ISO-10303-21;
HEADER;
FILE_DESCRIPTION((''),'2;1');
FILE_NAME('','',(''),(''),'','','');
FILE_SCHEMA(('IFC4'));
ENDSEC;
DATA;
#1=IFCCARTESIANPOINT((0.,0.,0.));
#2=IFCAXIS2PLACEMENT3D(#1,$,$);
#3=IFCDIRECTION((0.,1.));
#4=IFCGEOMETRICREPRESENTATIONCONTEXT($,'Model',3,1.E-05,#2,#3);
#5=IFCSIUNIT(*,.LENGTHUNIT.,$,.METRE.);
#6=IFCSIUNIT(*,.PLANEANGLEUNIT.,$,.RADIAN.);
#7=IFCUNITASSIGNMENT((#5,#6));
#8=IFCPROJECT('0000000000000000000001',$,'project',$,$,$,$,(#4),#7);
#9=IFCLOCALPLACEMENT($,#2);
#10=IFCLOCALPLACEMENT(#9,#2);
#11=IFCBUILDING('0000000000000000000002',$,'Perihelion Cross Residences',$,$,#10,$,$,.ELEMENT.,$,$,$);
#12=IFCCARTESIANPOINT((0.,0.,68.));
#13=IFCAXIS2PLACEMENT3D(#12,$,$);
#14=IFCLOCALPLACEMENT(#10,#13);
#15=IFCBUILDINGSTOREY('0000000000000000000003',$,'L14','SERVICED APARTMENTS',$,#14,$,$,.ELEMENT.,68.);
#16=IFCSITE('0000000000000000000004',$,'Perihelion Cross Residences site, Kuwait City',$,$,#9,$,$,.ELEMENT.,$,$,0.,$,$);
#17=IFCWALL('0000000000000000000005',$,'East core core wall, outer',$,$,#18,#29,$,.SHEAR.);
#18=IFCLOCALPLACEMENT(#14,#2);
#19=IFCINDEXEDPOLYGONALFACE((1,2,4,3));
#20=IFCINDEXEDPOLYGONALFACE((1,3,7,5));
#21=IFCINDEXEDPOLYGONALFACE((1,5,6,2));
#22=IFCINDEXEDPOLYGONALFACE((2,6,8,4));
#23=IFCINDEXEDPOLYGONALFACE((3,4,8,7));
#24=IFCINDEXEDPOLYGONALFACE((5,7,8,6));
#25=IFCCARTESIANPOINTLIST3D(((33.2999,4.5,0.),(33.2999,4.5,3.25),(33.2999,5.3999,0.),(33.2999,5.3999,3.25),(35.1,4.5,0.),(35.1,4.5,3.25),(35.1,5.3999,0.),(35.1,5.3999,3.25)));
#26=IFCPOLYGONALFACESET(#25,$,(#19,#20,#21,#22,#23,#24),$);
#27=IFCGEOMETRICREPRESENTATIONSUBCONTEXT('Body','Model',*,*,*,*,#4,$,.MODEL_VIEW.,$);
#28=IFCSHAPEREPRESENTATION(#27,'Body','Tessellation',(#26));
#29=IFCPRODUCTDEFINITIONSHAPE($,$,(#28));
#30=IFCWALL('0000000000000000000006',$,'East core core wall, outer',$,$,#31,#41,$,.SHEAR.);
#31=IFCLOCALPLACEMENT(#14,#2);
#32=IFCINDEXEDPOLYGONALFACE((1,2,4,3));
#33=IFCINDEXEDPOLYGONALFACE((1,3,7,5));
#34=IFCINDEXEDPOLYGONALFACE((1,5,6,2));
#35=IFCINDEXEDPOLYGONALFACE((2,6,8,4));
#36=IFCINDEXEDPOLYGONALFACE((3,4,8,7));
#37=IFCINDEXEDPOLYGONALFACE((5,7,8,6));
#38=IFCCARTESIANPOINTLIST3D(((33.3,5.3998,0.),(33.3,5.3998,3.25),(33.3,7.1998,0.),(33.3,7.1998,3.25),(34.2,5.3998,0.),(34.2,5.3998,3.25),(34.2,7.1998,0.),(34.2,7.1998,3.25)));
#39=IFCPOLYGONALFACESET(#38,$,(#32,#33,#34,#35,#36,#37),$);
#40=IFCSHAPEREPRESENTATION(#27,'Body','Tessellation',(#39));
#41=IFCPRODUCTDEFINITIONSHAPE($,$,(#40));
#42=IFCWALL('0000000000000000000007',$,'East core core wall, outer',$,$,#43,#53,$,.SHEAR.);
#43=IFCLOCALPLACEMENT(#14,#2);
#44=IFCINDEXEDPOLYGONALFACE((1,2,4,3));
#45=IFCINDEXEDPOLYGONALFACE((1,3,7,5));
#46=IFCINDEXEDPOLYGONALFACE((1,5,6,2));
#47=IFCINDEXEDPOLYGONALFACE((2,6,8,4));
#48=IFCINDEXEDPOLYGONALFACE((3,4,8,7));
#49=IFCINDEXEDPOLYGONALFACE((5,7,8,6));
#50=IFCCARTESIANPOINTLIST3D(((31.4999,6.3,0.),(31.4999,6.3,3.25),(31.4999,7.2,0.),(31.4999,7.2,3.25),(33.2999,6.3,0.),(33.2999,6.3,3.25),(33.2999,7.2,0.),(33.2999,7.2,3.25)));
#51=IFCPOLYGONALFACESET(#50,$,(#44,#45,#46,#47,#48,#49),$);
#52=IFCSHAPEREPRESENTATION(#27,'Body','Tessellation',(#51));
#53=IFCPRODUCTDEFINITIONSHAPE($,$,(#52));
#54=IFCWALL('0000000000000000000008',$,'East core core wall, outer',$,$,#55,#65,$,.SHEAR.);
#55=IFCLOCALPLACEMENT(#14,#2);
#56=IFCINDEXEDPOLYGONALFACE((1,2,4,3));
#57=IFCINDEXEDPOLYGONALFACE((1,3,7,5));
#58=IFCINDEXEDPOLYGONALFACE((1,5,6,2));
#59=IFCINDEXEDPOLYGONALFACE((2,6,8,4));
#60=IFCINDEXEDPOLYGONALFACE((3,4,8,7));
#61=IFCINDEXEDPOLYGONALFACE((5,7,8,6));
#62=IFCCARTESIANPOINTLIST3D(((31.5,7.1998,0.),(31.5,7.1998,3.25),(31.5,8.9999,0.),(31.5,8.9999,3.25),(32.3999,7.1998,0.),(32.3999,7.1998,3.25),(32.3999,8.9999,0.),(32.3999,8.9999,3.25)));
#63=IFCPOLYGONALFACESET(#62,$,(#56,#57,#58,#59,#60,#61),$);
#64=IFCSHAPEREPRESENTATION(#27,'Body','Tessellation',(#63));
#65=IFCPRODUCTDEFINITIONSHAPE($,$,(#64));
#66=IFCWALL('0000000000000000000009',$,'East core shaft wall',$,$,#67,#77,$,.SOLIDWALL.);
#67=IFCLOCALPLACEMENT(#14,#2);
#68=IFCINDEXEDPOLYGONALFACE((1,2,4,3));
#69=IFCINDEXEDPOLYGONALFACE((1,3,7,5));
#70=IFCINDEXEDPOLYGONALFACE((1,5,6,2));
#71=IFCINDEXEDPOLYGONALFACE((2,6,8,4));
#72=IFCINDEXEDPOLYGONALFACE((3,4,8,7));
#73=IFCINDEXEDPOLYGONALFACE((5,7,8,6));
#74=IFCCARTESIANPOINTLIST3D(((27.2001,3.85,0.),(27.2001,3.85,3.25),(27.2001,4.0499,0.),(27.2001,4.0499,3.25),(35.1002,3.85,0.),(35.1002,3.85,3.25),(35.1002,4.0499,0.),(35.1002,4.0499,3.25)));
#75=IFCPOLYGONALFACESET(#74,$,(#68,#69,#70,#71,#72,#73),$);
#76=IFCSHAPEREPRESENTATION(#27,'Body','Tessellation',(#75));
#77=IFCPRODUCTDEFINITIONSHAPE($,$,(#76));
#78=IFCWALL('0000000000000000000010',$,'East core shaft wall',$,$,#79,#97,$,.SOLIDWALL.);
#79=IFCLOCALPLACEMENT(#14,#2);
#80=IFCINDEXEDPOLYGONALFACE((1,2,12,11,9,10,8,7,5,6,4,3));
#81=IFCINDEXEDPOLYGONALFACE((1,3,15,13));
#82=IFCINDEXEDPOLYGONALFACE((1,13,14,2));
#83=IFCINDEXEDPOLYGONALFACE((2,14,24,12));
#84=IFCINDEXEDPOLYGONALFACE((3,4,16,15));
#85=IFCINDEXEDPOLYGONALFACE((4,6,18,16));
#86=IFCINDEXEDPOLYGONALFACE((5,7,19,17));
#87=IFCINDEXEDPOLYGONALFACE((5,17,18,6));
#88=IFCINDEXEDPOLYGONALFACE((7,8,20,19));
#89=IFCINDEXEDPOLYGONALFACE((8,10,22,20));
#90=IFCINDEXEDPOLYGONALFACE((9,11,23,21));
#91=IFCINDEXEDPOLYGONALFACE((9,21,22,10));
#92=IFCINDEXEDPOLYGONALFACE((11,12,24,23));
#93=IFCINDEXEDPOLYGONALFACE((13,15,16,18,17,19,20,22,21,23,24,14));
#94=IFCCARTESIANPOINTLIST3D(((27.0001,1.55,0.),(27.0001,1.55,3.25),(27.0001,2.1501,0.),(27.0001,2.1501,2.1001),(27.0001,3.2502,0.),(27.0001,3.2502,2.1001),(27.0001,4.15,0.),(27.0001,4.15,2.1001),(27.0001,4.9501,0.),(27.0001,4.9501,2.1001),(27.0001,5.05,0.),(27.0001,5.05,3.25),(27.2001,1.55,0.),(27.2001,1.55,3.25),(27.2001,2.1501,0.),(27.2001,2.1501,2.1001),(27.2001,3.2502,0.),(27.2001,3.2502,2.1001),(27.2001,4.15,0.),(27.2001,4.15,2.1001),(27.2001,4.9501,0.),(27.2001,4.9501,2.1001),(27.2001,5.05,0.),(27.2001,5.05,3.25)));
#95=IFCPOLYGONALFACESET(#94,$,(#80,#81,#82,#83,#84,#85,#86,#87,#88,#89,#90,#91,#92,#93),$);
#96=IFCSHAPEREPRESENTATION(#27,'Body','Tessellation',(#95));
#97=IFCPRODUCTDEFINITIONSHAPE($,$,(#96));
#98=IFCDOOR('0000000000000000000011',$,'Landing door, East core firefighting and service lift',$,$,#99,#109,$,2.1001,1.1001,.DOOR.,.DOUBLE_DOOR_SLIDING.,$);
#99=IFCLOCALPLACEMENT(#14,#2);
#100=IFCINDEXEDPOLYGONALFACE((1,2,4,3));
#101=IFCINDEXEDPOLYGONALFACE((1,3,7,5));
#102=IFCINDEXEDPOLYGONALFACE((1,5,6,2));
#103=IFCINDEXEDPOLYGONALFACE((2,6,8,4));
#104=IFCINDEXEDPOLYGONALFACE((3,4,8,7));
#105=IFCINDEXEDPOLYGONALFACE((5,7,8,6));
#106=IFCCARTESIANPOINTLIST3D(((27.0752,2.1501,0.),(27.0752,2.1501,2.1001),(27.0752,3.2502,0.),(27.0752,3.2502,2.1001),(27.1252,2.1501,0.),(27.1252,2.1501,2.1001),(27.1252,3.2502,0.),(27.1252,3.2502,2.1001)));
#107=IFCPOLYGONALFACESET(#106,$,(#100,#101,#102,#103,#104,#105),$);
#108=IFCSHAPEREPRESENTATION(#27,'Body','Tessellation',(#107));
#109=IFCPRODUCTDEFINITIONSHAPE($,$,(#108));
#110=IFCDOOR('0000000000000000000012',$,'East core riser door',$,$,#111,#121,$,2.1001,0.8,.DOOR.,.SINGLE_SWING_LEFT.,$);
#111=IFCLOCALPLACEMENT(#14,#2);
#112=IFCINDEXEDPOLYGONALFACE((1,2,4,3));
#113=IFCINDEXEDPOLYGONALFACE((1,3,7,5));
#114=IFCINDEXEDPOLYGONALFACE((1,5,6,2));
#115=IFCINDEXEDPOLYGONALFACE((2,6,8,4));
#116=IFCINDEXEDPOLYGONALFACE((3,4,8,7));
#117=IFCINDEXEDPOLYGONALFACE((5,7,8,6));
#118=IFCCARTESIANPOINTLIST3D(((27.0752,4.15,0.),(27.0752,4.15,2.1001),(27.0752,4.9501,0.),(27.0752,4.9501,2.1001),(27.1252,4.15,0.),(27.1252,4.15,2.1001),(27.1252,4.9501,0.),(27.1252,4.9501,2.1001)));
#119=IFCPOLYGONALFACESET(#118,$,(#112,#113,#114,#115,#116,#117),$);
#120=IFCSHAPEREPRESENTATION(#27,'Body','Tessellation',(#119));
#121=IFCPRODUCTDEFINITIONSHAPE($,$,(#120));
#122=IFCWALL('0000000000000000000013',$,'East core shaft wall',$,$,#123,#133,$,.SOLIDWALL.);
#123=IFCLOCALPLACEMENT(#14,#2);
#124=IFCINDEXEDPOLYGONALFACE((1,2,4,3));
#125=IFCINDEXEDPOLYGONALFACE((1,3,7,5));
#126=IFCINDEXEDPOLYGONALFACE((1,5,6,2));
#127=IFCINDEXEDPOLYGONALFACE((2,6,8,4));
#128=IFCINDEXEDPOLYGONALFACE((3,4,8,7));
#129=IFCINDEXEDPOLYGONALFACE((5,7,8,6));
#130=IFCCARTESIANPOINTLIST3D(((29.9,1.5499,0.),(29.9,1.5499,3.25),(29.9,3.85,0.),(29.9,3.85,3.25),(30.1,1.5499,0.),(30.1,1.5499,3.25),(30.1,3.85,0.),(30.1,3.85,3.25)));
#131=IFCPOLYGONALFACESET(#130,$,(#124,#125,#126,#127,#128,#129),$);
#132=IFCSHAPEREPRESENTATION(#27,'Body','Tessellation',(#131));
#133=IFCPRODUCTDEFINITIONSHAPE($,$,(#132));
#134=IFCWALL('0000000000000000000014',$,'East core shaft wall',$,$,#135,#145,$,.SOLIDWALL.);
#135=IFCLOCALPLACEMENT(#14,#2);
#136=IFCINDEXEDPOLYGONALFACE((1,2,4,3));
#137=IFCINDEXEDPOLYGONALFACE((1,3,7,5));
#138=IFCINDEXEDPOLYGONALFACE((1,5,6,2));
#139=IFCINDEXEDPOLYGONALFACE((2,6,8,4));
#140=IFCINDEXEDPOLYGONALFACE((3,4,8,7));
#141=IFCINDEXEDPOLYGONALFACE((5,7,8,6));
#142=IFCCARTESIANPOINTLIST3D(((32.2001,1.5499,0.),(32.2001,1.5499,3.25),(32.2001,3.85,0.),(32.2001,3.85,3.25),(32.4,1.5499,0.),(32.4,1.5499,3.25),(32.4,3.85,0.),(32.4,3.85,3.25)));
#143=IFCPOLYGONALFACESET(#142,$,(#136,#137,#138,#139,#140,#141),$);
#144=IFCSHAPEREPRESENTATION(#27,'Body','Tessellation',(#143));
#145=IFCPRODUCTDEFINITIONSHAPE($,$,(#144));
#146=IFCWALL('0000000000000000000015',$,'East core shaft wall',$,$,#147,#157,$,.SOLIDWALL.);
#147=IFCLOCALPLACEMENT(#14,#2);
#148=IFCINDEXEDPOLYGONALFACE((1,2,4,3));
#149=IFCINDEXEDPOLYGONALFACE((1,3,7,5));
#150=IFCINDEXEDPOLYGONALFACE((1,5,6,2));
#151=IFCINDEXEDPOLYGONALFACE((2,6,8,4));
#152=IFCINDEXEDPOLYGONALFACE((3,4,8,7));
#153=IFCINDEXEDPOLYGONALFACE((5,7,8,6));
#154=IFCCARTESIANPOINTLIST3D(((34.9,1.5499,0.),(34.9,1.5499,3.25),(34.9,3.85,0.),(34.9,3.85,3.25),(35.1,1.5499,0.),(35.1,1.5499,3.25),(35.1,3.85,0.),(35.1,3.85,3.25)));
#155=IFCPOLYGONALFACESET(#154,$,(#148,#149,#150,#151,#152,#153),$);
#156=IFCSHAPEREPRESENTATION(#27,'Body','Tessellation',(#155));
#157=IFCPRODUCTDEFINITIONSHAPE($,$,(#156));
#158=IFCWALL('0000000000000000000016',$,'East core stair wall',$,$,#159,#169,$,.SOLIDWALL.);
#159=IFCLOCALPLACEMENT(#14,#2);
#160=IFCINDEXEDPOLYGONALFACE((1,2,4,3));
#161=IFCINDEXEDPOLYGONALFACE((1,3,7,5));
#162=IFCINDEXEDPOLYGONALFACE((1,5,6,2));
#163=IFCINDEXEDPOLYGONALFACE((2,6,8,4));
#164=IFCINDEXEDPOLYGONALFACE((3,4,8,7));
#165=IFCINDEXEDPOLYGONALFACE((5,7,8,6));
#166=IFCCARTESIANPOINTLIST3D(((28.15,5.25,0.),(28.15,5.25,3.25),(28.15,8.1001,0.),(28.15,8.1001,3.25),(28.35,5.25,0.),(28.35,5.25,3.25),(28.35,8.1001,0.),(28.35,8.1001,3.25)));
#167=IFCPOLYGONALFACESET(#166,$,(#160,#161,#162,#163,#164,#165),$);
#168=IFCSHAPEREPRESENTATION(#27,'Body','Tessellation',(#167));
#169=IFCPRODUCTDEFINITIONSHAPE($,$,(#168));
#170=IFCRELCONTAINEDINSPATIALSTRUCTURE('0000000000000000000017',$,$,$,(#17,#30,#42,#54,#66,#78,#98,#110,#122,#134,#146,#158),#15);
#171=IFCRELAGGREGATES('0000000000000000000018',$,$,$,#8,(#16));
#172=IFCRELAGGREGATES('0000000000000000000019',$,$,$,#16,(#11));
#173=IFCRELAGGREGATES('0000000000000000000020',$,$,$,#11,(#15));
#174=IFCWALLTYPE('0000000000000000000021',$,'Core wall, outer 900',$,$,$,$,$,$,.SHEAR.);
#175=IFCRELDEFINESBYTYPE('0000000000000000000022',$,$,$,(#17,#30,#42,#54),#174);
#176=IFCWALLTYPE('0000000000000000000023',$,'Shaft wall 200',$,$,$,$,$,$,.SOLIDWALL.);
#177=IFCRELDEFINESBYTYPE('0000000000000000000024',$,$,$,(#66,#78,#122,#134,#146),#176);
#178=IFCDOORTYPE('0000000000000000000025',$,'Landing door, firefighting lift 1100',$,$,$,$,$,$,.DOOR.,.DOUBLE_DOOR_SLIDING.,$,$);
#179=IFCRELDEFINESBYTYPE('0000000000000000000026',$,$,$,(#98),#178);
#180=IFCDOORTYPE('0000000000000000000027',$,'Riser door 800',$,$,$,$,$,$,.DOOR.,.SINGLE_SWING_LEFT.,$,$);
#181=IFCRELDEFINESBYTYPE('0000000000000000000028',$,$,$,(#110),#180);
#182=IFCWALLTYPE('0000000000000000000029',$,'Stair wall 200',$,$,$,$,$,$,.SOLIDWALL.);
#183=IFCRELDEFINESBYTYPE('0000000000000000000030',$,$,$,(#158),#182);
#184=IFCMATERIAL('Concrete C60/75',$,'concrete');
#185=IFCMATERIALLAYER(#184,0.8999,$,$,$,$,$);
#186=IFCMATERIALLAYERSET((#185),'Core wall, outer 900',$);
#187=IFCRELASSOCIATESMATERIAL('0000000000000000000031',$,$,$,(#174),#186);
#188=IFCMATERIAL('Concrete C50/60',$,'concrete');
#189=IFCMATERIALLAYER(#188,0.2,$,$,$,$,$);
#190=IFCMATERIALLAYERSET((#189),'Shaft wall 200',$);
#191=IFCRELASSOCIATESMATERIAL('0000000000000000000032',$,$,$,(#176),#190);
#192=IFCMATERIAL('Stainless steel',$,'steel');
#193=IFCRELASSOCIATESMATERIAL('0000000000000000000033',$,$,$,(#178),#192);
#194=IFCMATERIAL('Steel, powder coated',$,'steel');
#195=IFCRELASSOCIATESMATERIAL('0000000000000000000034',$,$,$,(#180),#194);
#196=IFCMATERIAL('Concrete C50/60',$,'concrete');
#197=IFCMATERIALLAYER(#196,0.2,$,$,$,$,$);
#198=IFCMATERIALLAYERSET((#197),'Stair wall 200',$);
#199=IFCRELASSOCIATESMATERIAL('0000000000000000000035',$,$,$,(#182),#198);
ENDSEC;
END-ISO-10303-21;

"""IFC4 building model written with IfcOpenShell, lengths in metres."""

from ifc_helpers import new_model, si_unit, direction, frame, frame_2d, origin, place, context, subcontext, project, spatial, rectangle, extrude, material, layer, layer_set, type_object, element, fill, save


model = new_model("IFC4")

# Units and contexts
model_context = context("Model", 3, precision=1e-05, world=origin(), true_north=direction((0.0, 1.0)))
body_context = subcontext(model_context, "Body", "Model", "MODEL_VIEW")
ifc_project = project(units=[si_unit("LENGTHUNIT", "METRE"), si_unit("PLANEANGLEUNIT", "RADIAN")], contexts=[model_context])

# Site, building, storey
site_placement = place(None, origin())
site = spatial("IfcSite", under=ifc_project, at=site_placement, Name="Perihelion Cross Residences site, Kuwait City", CompositionType="ELEMENT", RefElevation=0.0)
building_placement = place(site_placement, origin())
building = spatial("IfcBuilding", under=site, at=building_placement, Name="Perihelion Cross Residences", CompositionType="ELEMENT")
storey_placement = place(building_placement, frame((0.0, 0.0, 68.0)))
storey = spatial("IfcBuildingStorey", under=building, at=storey_placement, Name="L14", Description="SERVICED APARTMENTS", CompositionType="ELEMENT", Elevation=68.0)

# Walls
ifc_material_1 = material(Name="Concrete C60/75", Category="concrete")
ifc_layer_1 = layer(ifc_material_1, 0.8999)
ifc_layer_set_1 = layer_set([ifc_layer_1], Name="Core wall, outer 900")
wall_type_1 = type_object("IfcWallType", Name="Core wall, outer 900", PredefinedType="SHEAR", material=ifc_layer_set_1)
for number, where, z_axis, x_axis, name in (
    (1, (33.3, 4.95, 0.0), (0.0, 0.0, 1.0), (1.0, 0.0, 0.0), "East core core wall, outer"),
    (2, (33.75, 5.3999, 0.0), (0.0, 0.0, 1.0), (0.0, 1.0, 0.0), "East core core wall, outer"),
    (3, (31.5, 6.75, 0.0), (0.0, 0.0, 1.0), (1.0, 0.0, 0.0), "East core core wall, outer"),
    (4, (31.95, 7.2, 0.0), (0.0, 0.0, 1.0), (0.0, 1.0, 0.0), "East core core wall, outer"),
):
    element("IfcWall", number, at=place(storey_placement, frame(where, z_axis=z_axis, x_axis=x_axis)), inside=storey, type_object=wall_type_1, Name=name, PredefinedType="SHEAR", context=body_context, shape_type="SweptSolid", body=[
        extrude(rectangle(XDim=1.8, YDim=0.8999, at=frame_2d((0.8999, 0.0))), origin(), (0.0, 0.0, 1.0), 3.25),
    ])
ifc_material_2 = material(Name="Concrete C50/60", Category="concrete")
ifc_layer_2 = layer(ifc_material_2, 0.2)
ifc_layer_set_2 = layer_set([ifc_layer_2], Name="Shaft wall 200")
wall_type_2 = type_object("IfcWallType", Name="Shaft wall 200", PredefinedType="SOLIDWALL", material=ifc_layer_set_2)
wall_1_placement = place(storey_placement, frame((27.2, 3.95, 0.0), z_axis=(0.0, 0.0, 1.0), x_axis=(1.0, 0.0, 0.0)))
element("IfcWall", 5, at=wall_1_placement, inside=storey, type_object=wall_type_2, Name="East core shaft wall", PredefinedType="SOLIDWALL", context=body_context, shape_type="SweptSolid", body=[
    extrude(rectangle(XDim=7.9001, YDim=0.2, at=frame_2d((3.9502, 0.0))), origin(), (0.0, 0.0, 1.0), 3.25),
])

# Wall, openings, doors
wall_2_placement = place(storey_placement, frame((27.1001, 1.55, 0.0), z_axis=(0.0, 0.0, 1.0), x_axis=(0.0, 1.0, 0.0)))
wall_2 = element("IfcWall", 6, at=wall_2_placement, inside=storey, type_object=wall_type_2, Name="East core shaft wall", PredefinedType="SOLIDWALL", context=body_context, shape_type="SweptSolid", body=[
    extrude(rectangle(XDim=3.5, YDim=0.2, at=frame_2d((1.75, 0.0))), origin(), (0.0, 0.0, 1.0), 3.25),
])
opening_1_placement = place(wall_2_placement, frame((0.6001, 0.0, 0.0)))
opening_1 = element("IfcOpeningElement", 7, at=opening_1_placement, cuts=wall_2, PredefinedType="OPENING", context=body_context, shape_type="SweptSolid", body=[
    extrude(rectangle(XDim=1.1001, YDim=2.1001, at=frame_2d((0.55, 1.05))), frame((0.0, 0.1099, 0.0), z_axis=(0.0, -1.0, 0.0), x_axis=(1.0, 0.0, 0.0)), (0.0, 0.0, 1.0), 0.22),
])
opening_2_placement = place(wall_2_placement, frame((2.6001, 0.0, 0.0)))
opening_2 = element("IfcOpeningElement", 8, at=opening_2_placement, cuts=wall_2, PredefinedType="OPENING", context=body_context, shape_type="SweptSolid", body=[
    extrude(rectangle(XDim=0.8, YDim=2.1001, at=frame_2d((0.3999, 1.05))), frame((0.0, 0.1099, 0.0), z_axis=(0.0, -1.0, 0.0), x_axis=(1.0, 0.0, 0.0)), (0.0, 0.0, 1.0), 0.22),
])
ifc_material_3 = material(Name="Stainless steel", Category="steel")
door_type_1 = type_object("IfcDoorType", Name="Landing door, firefighting lift 1100", OperationType="DOUBLE_DOOR_SLIDING", PredefinedType="DOOR", material=ifc_material_3)
door_1_placement = place(opening_1_placement, origin())
door_1 = element("IfcDoor", 9, at=door_1_placement, inside=storey, type_object=door_type_1, Name="Landing door, East core firefighting and service lift", OperationType="DOUBLE_DOOR_SLIDING", OverallHeight=2.1001, OverallWidth=1.1001, PredefinedType="DOOR", context=body_context, shape_type="SweptSolid", body=[
    extrude(rectangle(XDim=1.1001, YDim=2.1001, at=frame_2d((0.55, 1.05))), frame((0.0, 0.0249, 0.0), z_axis=(0.0, -1.0, 0.0), x_axis=(1.0, 0.0, 0.0)), (0.0, 0.0, 1.0), 0.05),
])
fill(opening_1, door_1)
ifc_material_4 = material(Name="Steel, powder coated", Category="steel")
door_type_2 = type_object("IfcDoorType", Name="Riser door 800", OperationType="SINGLE_SWING_LEFT", PredefinedType="DOOR", material=ifc_material_4)
door_2_placement = place(opening_2_placement, origin())
door_2 = element("IfcDoor", 10, at=door_2_placement, inside=storey, type_object=door_type_2, Name="East core riser door", OperationType="SINGLE_SWING_LEFT", OverallHeight=2.1001, OverallWidth=0.8, PredefinedType="DOOR", context=body_context, shape_type="SweptSolid", body=[
    extrude(rectangle(XDim=0.8, YDim=2.1001, at=frame_2d((0.3999, 1.05))), frame((0.0, 0.0249, 0.0), z_axis=(0.0, -1.0, 0.0), x_axis=(1.0, 0.0, 0.0)), (0.0, 0.0, 1.0), 0.05),
])
fill(opening_2, door_2)

# Walls
for number, where, z_axis, x_axis, name in (
    (11, (30.0, 1.55, 0.0), (0.0, 0.0, 1.0), (0.0, 1.0, 0.0), "East core shaft wall"),
    (12, (32.3, 1.55, 0.0), (0.0, 0.0, 1.0), (0.0, 1.0, 0.0), "East core shaft wall"),
    (13, (35.0, 1.55, 0.0), (0.0, 0.0, 1.0), (0.0, 1.0, 0.0), "East core shaft wall"),
):
    element("IfcWall", number, at=place(storey_placement, frame(where, z_axis=z_axis, x_axis=x_axis)), inside=storey, type_object=wall_type_2, Name=name, PredefinedType="SOLIDWALL", context=body_context, shape_type="SweptSolid", body=[
        extrude(rectangle(XDim=2.3, YDim=0.2, at=frame_2d((1.1499, 0.0))), origin(), (0.0, 0.0, 1.0), 3.25),
    ])
ifc_material_5 = material(Name="Concrete C50/60", Category="concrete")
ifc_layer_3 = layer(ifc_material_5, 0.2)
ifc_layer_set_3 = layer_set([ifc_layer_3], Name="Stair wall 200")
wall_type_3 = type_object("IfcWallType", Name="Stair wall 200", PredefinedType="SOLIDWALL", material=ifc_layer_set_3)
wall_3_placement = place(storey_placement, frame((28.25, 5.25, 0.0), z_axis=(0.0, 0.0, 1.0), x_axis=(0.0, 1.0, 0.0)))
element("IfcWall", 14, at=wall_3_placement, inside=storey, type_object=wall_type_3, Name="East core stair wall", PredefinedType="SOLIDWALL", context=body_context, shape_type="SweptSolid", body=[
    extrude(rectangle(XDim=2.8501, YDim=0.2, at=frame_2d((1.425, 0.0))), origin(), (0.0, 0.0, 1.0), 3.25),
])

save(model, "model.ifc")
